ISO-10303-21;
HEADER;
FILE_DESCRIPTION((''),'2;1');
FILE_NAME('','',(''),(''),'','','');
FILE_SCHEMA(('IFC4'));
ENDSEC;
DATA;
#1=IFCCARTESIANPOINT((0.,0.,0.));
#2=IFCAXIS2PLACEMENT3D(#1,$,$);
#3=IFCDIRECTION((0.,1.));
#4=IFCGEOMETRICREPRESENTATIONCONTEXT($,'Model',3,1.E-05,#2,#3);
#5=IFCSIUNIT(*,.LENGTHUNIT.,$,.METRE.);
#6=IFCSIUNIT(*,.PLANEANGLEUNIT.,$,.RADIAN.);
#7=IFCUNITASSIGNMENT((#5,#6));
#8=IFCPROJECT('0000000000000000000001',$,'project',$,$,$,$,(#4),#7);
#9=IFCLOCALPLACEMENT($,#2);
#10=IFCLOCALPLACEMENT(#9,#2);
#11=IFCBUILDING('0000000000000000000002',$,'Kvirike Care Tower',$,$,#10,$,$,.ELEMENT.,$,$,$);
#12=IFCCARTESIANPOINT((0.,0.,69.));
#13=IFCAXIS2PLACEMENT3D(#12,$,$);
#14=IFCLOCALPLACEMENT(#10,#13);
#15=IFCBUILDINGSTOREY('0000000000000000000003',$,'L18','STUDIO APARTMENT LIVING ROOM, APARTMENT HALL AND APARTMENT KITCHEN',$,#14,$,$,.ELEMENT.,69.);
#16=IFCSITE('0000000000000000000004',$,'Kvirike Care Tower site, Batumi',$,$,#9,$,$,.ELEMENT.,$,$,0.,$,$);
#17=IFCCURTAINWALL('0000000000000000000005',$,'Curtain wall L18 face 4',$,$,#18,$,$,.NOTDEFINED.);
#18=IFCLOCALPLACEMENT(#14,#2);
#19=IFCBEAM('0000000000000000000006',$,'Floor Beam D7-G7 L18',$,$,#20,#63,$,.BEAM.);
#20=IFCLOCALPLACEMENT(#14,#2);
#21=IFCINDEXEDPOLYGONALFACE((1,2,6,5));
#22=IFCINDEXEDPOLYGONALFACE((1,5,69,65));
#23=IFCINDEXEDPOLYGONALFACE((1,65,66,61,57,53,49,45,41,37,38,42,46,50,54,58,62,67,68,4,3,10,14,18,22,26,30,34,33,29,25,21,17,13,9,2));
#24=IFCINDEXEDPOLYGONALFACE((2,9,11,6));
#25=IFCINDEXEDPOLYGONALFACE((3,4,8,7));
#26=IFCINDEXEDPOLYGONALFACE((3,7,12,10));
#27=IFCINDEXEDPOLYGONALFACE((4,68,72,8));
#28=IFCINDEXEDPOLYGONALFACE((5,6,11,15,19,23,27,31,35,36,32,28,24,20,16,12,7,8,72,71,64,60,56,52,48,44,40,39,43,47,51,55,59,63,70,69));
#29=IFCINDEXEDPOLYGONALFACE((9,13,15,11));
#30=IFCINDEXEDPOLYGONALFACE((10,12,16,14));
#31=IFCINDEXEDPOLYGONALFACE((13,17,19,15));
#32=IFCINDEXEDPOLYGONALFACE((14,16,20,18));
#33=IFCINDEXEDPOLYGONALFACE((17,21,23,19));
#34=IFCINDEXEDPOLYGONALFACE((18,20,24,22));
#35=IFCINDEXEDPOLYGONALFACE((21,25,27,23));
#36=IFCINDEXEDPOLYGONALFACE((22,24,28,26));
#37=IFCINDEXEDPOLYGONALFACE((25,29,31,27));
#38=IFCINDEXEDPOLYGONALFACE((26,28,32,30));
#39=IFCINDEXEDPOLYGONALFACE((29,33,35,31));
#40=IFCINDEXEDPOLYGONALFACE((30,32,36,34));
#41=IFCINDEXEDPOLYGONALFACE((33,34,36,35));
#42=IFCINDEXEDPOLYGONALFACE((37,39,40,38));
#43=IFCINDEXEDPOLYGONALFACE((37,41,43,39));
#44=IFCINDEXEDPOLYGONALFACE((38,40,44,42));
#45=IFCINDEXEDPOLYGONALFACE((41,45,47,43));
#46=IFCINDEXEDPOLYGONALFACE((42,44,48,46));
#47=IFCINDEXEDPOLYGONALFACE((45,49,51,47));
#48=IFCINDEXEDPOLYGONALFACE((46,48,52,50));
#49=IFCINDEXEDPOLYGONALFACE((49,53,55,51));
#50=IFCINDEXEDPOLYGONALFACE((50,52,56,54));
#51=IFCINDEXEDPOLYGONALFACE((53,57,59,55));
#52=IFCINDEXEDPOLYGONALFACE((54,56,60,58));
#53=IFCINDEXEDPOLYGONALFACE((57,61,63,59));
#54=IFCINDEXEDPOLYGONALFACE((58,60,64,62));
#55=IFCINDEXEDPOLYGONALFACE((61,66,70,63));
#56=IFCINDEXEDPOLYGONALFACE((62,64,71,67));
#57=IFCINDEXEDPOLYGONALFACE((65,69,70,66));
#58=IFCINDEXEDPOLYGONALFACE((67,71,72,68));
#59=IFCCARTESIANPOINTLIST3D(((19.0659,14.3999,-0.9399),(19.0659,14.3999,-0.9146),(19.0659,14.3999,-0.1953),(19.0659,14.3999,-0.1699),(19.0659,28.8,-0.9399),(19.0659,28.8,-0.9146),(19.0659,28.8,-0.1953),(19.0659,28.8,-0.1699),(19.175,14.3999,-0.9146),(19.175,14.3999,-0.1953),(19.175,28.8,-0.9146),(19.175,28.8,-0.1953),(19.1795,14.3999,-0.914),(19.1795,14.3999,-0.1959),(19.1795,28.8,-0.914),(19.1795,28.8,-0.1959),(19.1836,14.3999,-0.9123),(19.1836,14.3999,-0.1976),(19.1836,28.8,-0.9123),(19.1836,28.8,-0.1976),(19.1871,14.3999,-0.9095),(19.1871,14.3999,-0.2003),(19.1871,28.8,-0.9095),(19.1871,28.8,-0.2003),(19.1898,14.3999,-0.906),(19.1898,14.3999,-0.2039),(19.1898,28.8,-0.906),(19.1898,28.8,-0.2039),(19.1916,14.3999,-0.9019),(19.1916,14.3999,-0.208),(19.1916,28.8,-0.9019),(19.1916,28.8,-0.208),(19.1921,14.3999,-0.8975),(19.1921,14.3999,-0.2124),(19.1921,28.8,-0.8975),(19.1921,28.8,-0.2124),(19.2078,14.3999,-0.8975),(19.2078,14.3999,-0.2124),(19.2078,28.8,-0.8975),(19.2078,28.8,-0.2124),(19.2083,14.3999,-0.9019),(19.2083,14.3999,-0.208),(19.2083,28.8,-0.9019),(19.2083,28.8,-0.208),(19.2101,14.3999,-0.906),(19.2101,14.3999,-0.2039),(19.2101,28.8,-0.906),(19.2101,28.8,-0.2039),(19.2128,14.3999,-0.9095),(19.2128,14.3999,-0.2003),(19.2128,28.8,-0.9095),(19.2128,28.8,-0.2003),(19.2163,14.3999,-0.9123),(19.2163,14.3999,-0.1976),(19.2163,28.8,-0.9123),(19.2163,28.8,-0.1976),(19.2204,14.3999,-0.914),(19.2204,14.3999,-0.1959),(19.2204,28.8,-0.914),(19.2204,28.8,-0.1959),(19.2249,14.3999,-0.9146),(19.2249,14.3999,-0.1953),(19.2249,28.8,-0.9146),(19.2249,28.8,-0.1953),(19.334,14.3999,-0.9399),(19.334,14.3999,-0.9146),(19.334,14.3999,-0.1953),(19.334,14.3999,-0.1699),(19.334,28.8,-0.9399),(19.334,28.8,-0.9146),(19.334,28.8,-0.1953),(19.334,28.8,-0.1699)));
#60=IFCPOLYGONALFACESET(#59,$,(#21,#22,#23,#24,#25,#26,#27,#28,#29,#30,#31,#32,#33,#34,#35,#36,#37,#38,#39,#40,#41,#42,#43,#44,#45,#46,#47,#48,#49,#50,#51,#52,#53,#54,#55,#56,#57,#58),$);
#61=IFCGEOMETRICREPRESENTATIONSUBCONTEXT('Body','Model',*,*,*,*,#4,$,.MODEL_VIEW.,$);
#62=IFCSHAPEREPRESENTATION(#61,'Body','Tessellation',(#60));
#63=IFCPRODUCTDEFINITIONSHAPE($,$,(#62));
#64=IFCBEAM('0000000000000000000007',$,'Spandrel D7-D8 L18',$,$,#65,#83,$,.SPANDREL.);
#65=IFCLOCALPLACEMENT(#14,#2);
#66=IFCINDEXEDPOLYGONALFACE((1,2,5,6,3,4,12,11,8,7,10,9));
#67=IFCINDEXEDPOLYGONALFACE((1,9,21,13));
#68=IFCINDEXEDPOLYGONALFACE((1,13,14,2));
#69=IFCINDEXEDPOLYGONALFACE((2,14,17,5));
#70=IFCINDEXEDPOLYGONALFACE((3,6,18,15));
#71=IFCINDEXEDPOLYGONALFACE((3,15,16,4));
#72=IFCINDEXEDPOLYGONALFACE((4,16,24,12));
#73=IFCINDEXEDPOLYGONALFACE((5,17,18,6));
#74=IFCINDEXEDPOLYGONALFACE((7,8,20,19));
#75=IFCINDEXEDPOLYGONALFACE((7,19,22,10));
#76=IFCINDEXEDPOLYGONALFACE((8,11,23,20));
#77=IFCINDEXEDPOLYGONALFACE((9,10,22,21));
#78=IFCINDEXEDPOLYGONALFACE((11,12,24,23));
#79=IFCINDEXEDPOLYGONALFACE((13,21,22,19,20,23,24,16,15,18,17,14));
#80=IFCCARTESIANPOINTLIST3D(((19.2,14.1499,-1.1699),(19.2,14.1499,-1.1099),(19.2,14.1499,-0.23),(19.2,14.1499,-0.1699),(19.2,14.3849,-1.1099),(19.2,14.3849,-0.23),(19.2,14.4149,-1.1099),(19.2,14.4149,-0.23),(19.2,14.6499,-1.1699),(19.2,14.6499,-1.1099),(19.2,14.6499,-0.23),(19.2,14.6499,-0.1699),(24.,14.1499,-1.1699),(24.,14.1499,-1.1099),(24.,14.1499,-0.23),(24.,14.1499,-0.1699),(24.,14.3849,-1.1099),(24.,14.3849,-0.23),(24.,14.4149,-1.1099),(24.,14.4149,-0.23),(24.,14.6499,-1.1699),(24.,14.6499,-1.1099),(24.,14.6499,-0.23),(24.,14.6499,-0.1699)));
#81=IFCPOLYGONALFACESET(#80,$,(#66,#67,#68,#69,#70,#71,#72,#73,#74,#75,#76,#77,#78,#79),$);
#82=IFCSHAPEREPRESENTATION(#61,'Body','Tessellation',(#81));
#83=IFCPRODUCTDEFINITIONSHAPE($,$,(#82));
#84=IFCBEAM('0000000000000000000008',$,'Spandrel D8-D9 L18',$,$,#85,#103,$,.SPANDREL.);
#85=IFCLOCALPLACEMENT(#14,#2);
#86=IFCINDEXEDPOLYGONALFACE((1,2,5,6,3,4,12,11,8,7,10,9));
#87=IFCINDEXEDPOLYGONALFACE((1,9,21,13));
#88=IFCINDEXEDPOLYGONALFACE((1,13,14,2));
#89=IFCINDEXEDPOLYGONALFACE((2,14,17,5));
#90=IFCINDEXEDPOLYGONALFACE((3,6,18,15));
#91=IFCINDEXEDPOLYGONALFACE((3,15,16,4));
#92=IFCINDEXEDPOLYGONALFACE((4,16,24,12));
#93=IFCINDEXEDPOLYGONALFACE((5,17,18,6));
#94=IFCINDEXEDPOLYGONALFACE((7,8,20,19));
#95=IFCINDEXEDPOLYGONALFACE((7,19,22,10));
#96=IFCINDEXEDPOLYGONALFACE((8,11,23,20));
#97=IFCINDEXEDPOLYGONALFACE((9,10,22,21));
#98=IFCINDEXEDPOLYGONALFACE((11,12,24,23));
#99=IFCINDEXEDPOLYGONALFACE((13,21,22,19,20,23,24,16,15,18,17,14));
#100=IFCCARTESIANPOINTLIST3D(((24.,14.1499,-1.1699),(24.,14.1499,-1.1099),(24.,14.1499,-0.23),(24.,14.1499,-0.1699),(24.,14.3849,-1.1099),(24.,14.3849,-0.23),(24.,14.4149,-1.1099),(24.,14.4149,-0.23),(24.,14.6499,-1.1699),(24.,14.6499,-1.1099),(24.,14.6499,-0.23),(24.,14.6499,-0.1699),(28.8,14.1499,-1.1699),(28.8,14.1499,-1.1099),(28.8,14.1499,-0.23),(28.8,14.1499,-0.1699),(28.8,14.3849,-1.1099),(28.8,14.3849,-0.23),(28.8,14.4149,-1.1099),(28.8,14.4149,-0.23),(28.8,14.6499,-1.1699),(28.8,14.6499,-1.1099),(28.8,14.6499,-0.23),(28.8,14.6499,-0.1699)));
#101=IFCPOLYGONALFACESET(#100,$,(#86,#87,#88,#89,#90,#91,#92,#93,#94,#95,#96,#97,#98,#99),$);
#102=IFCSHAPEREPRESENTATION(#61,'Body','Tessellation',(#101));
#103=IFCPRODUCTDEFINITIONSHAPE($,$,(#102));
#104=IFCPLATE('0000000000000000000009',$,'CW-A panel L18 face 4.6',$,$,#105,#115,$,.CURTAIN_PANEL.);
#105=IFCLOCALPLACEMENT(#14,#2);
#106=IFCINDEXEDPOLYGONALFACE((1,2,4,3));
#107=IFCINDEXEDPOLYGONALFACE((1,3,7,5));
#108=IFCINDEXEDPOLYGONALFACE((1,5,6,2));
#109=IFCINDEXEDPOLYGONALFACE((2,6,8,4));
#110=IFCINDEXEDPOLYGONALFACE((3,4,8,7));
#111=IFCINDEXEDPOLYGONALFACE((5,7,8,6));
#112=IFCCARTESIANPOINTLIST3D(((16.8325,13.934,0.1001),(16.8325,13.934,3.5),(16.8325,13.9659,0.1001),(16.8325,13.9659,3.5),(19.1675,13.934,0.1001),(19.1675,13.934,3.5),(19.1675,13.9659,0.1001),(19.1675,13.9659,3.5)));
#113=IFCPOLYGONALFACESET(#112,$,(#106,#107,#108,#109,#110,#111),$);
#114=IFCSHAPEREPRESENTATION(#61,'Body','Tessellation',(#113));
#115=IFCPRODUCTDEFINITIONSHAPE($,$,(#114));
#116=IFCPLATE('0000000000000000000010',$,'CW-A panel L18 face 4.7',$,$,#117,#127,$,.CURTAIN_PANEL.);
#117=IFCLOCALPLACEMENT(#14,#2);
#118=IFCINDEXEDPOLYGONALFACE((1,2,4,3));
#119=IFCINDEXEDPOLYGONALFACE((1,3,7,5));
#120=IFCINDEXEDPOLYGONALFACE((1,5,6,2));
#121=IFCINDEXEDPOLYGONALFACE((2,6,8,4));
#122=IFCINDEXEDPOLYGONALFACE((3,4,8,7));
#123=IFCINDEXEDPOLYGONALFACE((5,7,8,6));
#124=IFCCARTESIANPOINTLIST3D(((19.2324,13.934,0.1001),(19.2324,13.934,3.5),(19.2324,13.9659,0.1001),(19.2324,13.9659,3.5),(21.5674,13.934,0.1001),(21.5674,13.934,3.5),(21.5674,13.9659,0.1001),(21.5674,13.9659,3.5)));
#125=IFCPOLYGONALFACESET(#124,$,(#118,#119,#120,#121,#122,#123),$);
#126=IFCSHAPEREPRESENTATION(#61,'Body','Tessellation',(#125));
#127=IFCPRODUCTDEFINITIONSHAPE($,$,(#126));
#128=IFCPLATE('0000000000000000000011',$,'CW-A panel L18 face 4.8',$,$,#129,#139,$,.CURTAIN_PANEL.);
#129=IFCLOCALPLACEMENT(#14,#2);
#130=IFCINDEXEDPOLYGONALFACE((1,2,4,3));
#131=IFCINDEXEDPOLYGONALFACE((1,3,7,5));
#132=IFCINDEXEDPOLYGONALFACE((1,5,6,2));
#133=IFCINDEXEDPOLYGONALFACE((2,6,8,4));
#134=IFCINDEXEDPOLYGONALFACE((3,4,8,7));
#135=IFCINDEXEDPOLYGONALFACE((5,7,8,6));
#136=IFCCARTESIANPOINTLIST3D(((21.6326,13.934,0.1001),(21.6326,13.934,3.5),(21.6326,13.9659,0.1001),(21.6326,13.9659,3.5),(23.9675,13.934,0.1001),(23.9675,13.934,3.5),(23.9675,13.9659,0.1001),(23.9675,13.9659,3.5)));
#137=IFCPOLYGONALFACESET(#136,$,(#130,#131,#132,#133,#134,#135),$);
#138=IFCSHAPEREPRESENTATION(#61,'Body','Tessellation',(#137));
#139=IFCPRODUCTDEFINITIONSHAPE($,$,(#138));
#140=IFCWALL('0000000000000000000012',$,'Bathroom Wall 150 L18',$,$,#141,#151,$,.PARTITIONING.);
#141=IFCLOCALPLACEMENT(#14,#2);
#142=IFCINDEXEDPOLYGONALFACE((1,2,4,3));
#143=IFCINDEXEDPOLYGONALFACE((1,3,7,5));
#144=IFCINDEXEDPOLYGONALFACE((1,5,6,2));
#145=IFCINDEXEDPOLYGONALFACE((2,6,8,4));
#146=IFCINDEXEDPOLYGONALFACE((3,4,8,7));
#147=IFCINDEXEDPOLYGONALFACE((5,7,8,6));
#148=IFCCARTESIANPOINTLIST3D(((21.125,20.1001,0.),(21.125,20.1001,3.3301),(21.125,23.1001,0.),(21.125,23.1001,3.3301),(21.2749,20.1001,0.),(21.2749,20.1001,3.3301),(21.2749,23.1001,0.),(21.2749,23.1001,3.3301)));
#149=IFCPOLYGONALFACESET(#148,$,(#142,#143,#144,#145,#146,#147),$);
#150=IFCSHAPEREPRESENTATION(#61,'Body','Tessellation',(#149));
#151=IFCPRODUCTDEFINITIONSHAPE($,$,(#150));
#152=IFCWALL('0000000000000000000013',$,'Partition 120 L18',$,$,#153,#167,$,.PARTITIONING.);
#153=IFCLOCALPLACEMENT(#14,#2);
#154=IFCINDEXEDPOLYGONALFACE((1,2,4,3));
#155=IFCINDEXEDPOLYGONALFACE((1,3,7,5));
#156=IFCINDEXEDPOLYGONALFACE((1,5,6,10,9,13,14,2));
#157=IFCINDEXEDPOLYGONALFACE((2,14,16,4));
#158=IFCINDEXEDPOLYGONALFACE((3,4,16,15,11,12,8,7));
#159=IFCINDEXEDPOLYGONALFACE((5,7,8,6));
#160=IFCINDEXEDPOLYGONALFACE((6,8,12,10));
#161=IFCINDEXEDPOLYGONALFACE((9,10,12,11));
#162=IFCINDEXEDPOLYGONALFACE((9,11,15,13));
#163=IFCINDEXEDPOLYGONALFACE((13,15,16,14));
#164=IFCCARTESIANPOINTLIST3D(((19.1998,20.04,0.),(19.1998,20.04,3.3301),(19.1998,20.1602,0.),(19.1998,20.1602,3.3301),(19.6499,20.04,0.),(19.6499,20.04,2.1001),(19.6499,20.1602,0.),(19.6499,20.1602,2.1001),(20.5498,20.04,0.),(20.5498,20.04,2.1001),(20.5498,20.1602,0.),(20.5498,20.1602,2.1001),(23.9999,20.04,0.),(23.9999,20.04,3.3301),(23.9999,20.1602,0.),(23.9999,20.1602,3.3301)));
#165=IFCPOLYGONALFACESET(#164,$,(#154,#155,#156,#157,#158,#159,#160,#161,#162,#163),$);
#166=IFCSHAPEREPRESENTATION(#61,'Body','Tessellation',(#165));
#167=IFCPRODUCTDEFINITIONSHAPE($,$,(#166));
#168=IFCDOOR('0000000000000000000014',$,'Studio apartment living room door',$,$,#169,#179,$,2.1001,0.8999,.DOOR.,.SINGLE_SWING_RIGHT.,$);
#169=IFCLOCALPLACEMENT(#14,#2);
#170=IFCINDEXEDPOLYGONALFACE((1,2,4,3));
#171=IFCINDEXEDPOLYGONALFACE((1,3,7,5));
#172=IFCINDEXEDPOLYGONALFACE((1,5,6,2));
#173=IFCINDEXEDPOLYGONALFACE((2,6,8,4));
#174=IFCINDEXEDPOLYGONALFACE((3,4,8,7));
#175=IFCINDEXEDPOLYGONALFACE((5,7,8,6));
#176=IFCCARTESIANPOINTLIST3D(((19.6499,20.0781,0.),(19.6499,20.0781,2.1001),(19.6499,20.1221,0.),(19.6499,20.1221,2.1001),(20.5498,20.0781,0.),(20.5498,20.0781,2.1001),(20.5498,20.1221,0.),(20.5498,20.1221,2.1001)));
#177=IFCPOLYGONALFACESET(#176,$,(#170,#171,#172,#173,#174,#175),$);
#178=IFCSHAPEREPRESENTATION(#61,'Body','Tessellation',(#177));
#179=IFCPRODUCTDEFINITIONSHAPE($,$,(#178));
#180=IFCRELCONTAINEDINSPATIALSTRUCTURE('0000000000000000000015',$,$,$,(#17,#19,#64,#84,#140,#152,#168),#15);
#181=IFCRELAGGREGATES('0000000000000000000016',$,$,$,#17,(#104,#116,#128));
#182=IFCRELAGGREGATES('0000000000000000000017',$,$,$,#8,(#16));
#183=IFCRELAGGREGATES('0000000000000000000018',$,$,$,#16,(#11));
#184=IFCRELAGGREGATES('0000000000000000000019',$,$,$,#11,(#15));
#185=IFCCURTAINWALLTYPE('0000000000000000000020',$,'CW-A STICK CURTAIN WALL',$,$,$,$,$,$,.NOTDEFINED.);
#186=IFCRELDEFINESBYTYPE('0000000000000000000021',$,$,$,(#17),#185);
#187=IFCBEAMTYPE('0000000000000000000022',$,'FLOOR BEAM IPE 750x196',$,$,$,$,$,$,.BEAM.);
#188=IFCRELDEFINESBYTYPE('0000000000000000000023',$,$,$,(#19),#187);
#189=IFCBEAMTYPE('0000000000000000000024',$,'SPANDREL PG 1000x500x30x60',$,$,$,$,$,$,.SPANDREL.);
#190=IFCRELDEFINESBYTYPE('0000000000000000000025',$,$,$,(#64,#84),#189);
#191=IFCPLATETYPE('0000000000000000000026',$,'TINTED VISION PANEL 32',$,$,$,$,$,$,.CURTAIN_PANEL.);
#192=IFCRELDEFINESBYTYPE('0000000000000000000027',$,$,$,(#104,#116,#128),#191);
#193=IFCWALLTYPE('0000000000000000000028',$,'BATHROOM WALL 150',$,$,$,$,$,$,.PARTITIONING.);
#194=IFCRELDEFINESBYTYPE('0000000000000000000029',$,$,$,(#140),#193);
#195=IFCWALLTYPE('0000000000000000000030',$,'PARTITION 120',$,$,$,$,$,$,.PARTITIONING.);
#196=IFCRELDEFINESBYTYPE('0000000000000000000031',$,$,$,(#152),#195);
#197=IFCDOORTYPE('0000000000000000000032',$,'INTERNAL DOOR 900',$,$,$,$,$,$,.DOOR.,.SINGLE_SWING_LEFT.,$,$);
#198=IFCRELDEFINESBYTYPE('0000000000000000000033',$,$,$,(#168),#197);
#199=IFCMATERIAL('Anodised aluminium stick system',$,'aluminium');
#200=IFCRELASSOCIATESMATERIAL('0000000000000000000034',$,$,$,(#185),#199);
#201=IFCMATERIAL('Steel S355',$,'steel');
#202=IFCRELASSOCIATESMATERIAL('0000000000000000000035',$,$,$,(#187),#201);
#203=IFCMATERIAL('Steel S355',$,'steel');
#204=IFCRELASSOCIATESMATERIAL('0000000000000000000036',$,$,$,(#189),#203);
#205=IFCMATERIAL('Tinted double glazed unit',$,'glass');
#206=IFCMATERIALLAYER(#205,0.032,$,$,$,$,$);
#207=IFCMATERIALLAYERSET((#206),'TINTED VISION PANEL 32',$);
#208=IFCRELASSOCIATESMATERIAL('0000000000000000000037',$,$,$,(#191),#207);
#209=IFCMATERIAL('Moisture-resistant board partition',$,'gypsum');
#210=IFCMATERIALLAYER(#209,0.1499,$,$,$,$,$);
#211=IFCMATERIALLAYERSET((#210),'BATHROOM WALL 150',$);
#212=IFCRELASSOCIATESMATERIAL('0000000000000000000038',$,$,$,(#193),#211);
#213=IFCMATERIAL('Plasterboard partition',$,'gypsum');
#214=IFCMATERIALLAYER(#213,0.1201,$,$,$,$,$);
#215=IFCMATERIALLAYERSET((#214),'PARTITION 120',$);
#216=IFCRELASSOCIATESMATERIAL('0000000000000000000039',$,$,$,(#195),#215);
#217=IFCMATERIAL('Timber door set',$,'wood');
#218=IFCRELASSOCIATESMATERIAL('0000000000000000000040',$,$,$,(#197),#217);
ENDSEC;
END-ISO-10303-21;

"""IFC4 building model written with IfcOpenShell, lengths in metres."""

from ifc_helpers import new_model, si_unit, direction, frame, frame_2d, origin, origin_2d, place, context, subcontext, project, spatial, rectangle, i_section, extrude, material, layer, layer_set, material_profile, profile_set, type_object, element, fill, aggregate, save


model = new_model("IFC4")

# Units and contexts
model_context = context("Model", 3, precision=1e-05, world=origin(), true_north=direction((0.0, 1.0)))
body_context = subcontext(model_context, "Body", "Model", "MODEL_VIEW")
ifc_project = project(units=[si_unit("LENGTHUNIT", "METRE"), si_unit("PLANEANGLEUNIT", "RADIAN")], contexts=[model_context])

# Site, building, storey
site_placement = place(None, origin())
site = spatial("IfcSite", under=ifc_project, at=site_placement, Name="Kvirike Care Tower site, Batumi", CompositionType="ELEMENT", RefElevation=0.0)
building_placement = place(site_placement, origin())
building = spatial("IfcBuilding", under=site, at=building_placement, Name="Kvirike Care Tower", CompositionType="ELEMENT")
storey_placement = place(building_placement, frame((0.0, 0.0, 69.0)))
storey = spatial("IfcBuildingStorey", under=building, at=storey_placement, Name="L18", Description="STUDIO APARTMENT LIVING ROOM, APARTMENT HALL AND APARTMENT KITCHEN", CompositionType="ELEMENT", Elevation=69.0)

# Curtain wall
ifc_material_1 = material(Name="Anodised aluminium stick system", Category="aluminium")
curtain_wall_type = type_object("IfcCurtainWallType", Name="CW-A STICK CURTAIN WALL", PredefinedType="NOTDEFINED", material=ifc_material_1)
curtain_wall_placement = place(storey_placement, origin())
curtain_wall = element("IfcCurtainWall", 1, at=curtain_wall_placement, inside=storey, type_object=curtain_wall_type, Name="Curtain wall L18 face 4", PredefinedType="NOTDEFINED")

# Beams
ifc_material_2 = material(Name="Steel S355", Category="steel")
ifc_material_profile_1 = material_profile(ifc_material_2, i_section(OverallWidth=0.2681, OverallDepth=0.77, WebThickness=0.0156, FlangeThickness=0.0254, FilletRadius=0.0171, at=origin_2d()), Name="IPE 750x196")
ifc_profile_set_1 = profile_set([ifc_material_profile_1], Name="Steel S355")
beam_type_1 = type_object("IfcBeamType", Name="FLOOR BEAM IPE 750x196", PredefinedType="BEAM", material=ifc_profile_set_1)
beam_1_placement = place(storey_placement, frame((19.2, 14.3999, -0.5549), z_axis=(0.0, 1.0, 0.0), x_axis=(-1.0, 0.0, 0.0)))
element("IfcBeam", 2, at=beam_1_placement, inside=storey, type_object=beam_type_1, Name="Floor Beam D7-G7 L18", PredefinedType="BEAM", context=body_context, shape_type="SweptSolid", body=[
    extrude(i_section(OverallWidth=0.2681, OverallDepth=0.77, WebThickness=0.0156, FlangeThickness=0.0254, FilletRadius=0.0171, at=origin_2d()), origin(), (0.0, 0.0, 1.0), 14.4001),
])
ifc_material_3 = material(Name="Steel S355", Category="steel")
ifc_material_profile_2 = material_profile(ifc_material_3, i_section(OverallWidth=0.5, OverallDepth=1.0, WebThickness=0.03, FlangeThickness=0.0601, at=origin_2d()), Name="PG 1000x500x30x60")
ifc_profile_set_2 = profile_set([ifc_material_profile_2], Name="Steel S355")
beam_type_2 = type_object("IfcBeamType", Name="SPANDREL PG 1000x500x30x60", PredefinedType="SPANDREL", material=ifc_profile_set_2)
for number, where, z_axis, x_axis, name in (
    (3, (19.2, 14.3999, -0.6699), (1.0, 0.0, 0.0), (0.0, 1.0, 0.0), "Spandrel D7-D8 L18"),
    (4, (24.0, 14.3999, -0.6699), (1.0, 0.0, 0.0), (0.0, 1.0, 0.0), "Spandrel D8-D9 L18"),
):
    element("IfcBeam", number, at=place(storey_placement, frame(where, z_axis=z_axis, x_axis=x_axis)), inside=storey, type_object=beam_type_2, Name=name, PredefinedType="SPANDREL", context=body_context, shape_type="SweptSolid", body=[
        extrude(i_section(OverallWidth=0.5, OverallDepth=1.0, WebThickness=0.03, FlangeThickness=0.0601, at=origin_2d()), origin(), (0.0, 0.0, 1.0), 4.8),
    ])

# Plates
ifc_material_4 = material(Name="Tinted double glazed unit", Category="glass")
ifc_layer_1 = layer(ifc_material_4, 0.032)
ifc_layer_set_1 = layer_set([ifc_layer_1], Name="TINTED VISION PANEL 32")
plate_type = type_object("IfcPlateType", Name="TINTED VISION PANEL 32", PredefinedType="CURTAIN_PANEL", material=ifc_layer_set_1)
plate_1_placement = place(storey_placement, frame((18.0, 13.95, 0.1001), z_axis=(0.0, 0.0, 1.0), x_axis=(1.0, 0.0, 0.0)))
plate_1 = element("IfcPlate", 5, at=plate_1_placement, type_object=plate_type, Name="CW-A panel L18 face 4.6", PredefinedType="CURTAIN_PANEL", context=body_context, shape_type="SweptSolid", body=[
    extrude(rectangle(XDim=2.335, YDim=0.032, at=origin_2d()), origin(), (0.0, 0.0, 1.0), 3.3999),
])
plate_2_placement = place(storey_placement, frame((20.3999, 13.95, 0.1001), z_axis=(0.0, 0.0, 1.0), x_axis=(1.0, 0.0, 0.0)))
plate_2 = element("IfcPlate", 6, at=plate_2_placement, type_object=plate_type, Name="CW-A panel L18 face 4.7", PredefinedType="CURTAIN_PANEL", context=body_context, shape_type="SweptSolid", body=[
    extrude(rectangle(XDim=2.335, YDim=0.032, at=origin_2d()), origin(), (0.0, 0.0, 1.0), 3.3999),
])
plate_3_placement = place(storey_placement, frame((22.8, 13.95, 0.1001), z_axis=(0.0, 0.0, 1.0), x_axis=(1.0, 0.0, 0.0)))
plate_3 = element("IfcPlate", 7, at=plate_3_placement, type_object=plate_type, Name="CW-A panel L18 face 4.8", PredefinedType="CURTAIN_PANEL", context=body_context, shape_type="SweptSolid", body=[
    extrude(rectangle(XDim=2.335, YDim=0.032, at=origin_2d()), origin(), (0.0, 0.0, 1.0), 3.3999),
])
aggregate(curtain_wall, [plate_1, plate_2, plate_3])

# Wall
ifc_material_5 = material(Name="Moisture-resistant board partition", Category="gypsum")
ifc_layer_2 = layer(ifc_material_5, 0.1499)
ifc_layer_set_2 = layer_set([ifc_layer_2], Name="BATHROOM WALL 150")
wall_type_1 = type_object("IfcWallType", Name="BATHROOM WALL 150", PredefinedType="PARTITIONING", material=ifc_layer_set_2)
wall_1_placement = place(storey_placement, frame((21.2, 20.1001, 0.0), z_axis=(0.0, 0.0, 1.0), x_axis=(0.0, 1.0, 0.0)))
element("IfcWall", 8, at=wall_1_placement, inside=storey, type_object=wall_type_1, Name="Bathroom Wall 150 L18", PredefinedType="PARTITIONING", context=body_context, shape_type="SweptSolid", body=[
    extrude(rectangle(XDim=3.0, YDim=0.1499, at=frame_2d((1.5, 0.0))), origin(), (0.0, 0.0, 1.0), 3.3301),
])

# Wall, opening, door
ifc_material_6 = material(Name="Plasterboard partition", Category="gypsum")
ifc_layer_3 = layer(ifc_material_6, 0.1201)
ifc_layer_set_3 = layer_set([ifc_layer_3], Name="PARTITION 120")
wall_type_2 = type_object("IfcWallType", Name="PARTITION 120", PredefinedType="PARTITIONING", material=ifc_layer_set_3)
wall_2_placement = place(storey_placement, frame((19.2, 20.1001, 0.0), z_axis=(0.0, 0.0, 1.0), x_axis=(1.0, 0.0, 0.0)))
wall_2 = element("IfcWall", 9, at=wall_2_placement, inside=storey, type_object=wall_type_2, Name="Partition 120 L18", PredefinedType="PARTITIONING", context=body_context, shape_type="SweptSolid", body=[
    extrude(rectangle(XDim=4.8, YDim=0.1201, at=frame_2d((2.3999, 0.0))), origin(), (0.0, 0.0, 1.0), 3.3301),
])
opening_1_placement = place(wall_2_placement, frame((0.45, 0.0, 0.0)))
opening_1 = element("IfcOpeningElement", 10, at=opening_1_placement, cuts=wall_2, PredefinedType="OPENING", context=body_context, shape_type="SweptSolid", body=[
    extrude(rectangle(XDim=0.8999, YDim=2.1001, at=frame_2d((0.45, 1.05))), frame((0.0, 0.0706, 0.0), z_axis=(0.0, -1.0, 0.0), x_axis=(1.0, 0.0, 0.0)), (0.0, 0.0, 1.0), 0.1411),
])
ifc_material_7 = material(Name="Timber door set", Category="wood")
door_type = type_object("IfcDoorType", Name="INTERNAL DOOR 900", OperationType="SINGLE_SWING_LEFT", PredefinedType="DOOR", material=ifc_material_7)
door_1_placement = place(opening_1_placement, origin())
door_1 = element("IfcDoor", 11, at=door_1_placement, inside=storey, type_object=door_type, Name="Studio apartment living room door", OperationType="SINGLE_SWING_RIGHT", OverallHeight=2.1001, OverallWidth=0.8999, PredefinedType="DOOR", context=body_context, shape_type="SweptSolid", body=[
    extrude(rectangle(XDim=0.8999, YDim=2.1001, at=frame_2d((0.45, 1.05))), frame((0.0, 0.022, 0.0), z_axis=(0.0, -1.0, 0.0), x_axis=(1.0, 0.0, 0.0)), (0.0, 0.0, 1.0), 0.0439),
])
fill(opening_1, door_1)

save(model, "model.ifc")
